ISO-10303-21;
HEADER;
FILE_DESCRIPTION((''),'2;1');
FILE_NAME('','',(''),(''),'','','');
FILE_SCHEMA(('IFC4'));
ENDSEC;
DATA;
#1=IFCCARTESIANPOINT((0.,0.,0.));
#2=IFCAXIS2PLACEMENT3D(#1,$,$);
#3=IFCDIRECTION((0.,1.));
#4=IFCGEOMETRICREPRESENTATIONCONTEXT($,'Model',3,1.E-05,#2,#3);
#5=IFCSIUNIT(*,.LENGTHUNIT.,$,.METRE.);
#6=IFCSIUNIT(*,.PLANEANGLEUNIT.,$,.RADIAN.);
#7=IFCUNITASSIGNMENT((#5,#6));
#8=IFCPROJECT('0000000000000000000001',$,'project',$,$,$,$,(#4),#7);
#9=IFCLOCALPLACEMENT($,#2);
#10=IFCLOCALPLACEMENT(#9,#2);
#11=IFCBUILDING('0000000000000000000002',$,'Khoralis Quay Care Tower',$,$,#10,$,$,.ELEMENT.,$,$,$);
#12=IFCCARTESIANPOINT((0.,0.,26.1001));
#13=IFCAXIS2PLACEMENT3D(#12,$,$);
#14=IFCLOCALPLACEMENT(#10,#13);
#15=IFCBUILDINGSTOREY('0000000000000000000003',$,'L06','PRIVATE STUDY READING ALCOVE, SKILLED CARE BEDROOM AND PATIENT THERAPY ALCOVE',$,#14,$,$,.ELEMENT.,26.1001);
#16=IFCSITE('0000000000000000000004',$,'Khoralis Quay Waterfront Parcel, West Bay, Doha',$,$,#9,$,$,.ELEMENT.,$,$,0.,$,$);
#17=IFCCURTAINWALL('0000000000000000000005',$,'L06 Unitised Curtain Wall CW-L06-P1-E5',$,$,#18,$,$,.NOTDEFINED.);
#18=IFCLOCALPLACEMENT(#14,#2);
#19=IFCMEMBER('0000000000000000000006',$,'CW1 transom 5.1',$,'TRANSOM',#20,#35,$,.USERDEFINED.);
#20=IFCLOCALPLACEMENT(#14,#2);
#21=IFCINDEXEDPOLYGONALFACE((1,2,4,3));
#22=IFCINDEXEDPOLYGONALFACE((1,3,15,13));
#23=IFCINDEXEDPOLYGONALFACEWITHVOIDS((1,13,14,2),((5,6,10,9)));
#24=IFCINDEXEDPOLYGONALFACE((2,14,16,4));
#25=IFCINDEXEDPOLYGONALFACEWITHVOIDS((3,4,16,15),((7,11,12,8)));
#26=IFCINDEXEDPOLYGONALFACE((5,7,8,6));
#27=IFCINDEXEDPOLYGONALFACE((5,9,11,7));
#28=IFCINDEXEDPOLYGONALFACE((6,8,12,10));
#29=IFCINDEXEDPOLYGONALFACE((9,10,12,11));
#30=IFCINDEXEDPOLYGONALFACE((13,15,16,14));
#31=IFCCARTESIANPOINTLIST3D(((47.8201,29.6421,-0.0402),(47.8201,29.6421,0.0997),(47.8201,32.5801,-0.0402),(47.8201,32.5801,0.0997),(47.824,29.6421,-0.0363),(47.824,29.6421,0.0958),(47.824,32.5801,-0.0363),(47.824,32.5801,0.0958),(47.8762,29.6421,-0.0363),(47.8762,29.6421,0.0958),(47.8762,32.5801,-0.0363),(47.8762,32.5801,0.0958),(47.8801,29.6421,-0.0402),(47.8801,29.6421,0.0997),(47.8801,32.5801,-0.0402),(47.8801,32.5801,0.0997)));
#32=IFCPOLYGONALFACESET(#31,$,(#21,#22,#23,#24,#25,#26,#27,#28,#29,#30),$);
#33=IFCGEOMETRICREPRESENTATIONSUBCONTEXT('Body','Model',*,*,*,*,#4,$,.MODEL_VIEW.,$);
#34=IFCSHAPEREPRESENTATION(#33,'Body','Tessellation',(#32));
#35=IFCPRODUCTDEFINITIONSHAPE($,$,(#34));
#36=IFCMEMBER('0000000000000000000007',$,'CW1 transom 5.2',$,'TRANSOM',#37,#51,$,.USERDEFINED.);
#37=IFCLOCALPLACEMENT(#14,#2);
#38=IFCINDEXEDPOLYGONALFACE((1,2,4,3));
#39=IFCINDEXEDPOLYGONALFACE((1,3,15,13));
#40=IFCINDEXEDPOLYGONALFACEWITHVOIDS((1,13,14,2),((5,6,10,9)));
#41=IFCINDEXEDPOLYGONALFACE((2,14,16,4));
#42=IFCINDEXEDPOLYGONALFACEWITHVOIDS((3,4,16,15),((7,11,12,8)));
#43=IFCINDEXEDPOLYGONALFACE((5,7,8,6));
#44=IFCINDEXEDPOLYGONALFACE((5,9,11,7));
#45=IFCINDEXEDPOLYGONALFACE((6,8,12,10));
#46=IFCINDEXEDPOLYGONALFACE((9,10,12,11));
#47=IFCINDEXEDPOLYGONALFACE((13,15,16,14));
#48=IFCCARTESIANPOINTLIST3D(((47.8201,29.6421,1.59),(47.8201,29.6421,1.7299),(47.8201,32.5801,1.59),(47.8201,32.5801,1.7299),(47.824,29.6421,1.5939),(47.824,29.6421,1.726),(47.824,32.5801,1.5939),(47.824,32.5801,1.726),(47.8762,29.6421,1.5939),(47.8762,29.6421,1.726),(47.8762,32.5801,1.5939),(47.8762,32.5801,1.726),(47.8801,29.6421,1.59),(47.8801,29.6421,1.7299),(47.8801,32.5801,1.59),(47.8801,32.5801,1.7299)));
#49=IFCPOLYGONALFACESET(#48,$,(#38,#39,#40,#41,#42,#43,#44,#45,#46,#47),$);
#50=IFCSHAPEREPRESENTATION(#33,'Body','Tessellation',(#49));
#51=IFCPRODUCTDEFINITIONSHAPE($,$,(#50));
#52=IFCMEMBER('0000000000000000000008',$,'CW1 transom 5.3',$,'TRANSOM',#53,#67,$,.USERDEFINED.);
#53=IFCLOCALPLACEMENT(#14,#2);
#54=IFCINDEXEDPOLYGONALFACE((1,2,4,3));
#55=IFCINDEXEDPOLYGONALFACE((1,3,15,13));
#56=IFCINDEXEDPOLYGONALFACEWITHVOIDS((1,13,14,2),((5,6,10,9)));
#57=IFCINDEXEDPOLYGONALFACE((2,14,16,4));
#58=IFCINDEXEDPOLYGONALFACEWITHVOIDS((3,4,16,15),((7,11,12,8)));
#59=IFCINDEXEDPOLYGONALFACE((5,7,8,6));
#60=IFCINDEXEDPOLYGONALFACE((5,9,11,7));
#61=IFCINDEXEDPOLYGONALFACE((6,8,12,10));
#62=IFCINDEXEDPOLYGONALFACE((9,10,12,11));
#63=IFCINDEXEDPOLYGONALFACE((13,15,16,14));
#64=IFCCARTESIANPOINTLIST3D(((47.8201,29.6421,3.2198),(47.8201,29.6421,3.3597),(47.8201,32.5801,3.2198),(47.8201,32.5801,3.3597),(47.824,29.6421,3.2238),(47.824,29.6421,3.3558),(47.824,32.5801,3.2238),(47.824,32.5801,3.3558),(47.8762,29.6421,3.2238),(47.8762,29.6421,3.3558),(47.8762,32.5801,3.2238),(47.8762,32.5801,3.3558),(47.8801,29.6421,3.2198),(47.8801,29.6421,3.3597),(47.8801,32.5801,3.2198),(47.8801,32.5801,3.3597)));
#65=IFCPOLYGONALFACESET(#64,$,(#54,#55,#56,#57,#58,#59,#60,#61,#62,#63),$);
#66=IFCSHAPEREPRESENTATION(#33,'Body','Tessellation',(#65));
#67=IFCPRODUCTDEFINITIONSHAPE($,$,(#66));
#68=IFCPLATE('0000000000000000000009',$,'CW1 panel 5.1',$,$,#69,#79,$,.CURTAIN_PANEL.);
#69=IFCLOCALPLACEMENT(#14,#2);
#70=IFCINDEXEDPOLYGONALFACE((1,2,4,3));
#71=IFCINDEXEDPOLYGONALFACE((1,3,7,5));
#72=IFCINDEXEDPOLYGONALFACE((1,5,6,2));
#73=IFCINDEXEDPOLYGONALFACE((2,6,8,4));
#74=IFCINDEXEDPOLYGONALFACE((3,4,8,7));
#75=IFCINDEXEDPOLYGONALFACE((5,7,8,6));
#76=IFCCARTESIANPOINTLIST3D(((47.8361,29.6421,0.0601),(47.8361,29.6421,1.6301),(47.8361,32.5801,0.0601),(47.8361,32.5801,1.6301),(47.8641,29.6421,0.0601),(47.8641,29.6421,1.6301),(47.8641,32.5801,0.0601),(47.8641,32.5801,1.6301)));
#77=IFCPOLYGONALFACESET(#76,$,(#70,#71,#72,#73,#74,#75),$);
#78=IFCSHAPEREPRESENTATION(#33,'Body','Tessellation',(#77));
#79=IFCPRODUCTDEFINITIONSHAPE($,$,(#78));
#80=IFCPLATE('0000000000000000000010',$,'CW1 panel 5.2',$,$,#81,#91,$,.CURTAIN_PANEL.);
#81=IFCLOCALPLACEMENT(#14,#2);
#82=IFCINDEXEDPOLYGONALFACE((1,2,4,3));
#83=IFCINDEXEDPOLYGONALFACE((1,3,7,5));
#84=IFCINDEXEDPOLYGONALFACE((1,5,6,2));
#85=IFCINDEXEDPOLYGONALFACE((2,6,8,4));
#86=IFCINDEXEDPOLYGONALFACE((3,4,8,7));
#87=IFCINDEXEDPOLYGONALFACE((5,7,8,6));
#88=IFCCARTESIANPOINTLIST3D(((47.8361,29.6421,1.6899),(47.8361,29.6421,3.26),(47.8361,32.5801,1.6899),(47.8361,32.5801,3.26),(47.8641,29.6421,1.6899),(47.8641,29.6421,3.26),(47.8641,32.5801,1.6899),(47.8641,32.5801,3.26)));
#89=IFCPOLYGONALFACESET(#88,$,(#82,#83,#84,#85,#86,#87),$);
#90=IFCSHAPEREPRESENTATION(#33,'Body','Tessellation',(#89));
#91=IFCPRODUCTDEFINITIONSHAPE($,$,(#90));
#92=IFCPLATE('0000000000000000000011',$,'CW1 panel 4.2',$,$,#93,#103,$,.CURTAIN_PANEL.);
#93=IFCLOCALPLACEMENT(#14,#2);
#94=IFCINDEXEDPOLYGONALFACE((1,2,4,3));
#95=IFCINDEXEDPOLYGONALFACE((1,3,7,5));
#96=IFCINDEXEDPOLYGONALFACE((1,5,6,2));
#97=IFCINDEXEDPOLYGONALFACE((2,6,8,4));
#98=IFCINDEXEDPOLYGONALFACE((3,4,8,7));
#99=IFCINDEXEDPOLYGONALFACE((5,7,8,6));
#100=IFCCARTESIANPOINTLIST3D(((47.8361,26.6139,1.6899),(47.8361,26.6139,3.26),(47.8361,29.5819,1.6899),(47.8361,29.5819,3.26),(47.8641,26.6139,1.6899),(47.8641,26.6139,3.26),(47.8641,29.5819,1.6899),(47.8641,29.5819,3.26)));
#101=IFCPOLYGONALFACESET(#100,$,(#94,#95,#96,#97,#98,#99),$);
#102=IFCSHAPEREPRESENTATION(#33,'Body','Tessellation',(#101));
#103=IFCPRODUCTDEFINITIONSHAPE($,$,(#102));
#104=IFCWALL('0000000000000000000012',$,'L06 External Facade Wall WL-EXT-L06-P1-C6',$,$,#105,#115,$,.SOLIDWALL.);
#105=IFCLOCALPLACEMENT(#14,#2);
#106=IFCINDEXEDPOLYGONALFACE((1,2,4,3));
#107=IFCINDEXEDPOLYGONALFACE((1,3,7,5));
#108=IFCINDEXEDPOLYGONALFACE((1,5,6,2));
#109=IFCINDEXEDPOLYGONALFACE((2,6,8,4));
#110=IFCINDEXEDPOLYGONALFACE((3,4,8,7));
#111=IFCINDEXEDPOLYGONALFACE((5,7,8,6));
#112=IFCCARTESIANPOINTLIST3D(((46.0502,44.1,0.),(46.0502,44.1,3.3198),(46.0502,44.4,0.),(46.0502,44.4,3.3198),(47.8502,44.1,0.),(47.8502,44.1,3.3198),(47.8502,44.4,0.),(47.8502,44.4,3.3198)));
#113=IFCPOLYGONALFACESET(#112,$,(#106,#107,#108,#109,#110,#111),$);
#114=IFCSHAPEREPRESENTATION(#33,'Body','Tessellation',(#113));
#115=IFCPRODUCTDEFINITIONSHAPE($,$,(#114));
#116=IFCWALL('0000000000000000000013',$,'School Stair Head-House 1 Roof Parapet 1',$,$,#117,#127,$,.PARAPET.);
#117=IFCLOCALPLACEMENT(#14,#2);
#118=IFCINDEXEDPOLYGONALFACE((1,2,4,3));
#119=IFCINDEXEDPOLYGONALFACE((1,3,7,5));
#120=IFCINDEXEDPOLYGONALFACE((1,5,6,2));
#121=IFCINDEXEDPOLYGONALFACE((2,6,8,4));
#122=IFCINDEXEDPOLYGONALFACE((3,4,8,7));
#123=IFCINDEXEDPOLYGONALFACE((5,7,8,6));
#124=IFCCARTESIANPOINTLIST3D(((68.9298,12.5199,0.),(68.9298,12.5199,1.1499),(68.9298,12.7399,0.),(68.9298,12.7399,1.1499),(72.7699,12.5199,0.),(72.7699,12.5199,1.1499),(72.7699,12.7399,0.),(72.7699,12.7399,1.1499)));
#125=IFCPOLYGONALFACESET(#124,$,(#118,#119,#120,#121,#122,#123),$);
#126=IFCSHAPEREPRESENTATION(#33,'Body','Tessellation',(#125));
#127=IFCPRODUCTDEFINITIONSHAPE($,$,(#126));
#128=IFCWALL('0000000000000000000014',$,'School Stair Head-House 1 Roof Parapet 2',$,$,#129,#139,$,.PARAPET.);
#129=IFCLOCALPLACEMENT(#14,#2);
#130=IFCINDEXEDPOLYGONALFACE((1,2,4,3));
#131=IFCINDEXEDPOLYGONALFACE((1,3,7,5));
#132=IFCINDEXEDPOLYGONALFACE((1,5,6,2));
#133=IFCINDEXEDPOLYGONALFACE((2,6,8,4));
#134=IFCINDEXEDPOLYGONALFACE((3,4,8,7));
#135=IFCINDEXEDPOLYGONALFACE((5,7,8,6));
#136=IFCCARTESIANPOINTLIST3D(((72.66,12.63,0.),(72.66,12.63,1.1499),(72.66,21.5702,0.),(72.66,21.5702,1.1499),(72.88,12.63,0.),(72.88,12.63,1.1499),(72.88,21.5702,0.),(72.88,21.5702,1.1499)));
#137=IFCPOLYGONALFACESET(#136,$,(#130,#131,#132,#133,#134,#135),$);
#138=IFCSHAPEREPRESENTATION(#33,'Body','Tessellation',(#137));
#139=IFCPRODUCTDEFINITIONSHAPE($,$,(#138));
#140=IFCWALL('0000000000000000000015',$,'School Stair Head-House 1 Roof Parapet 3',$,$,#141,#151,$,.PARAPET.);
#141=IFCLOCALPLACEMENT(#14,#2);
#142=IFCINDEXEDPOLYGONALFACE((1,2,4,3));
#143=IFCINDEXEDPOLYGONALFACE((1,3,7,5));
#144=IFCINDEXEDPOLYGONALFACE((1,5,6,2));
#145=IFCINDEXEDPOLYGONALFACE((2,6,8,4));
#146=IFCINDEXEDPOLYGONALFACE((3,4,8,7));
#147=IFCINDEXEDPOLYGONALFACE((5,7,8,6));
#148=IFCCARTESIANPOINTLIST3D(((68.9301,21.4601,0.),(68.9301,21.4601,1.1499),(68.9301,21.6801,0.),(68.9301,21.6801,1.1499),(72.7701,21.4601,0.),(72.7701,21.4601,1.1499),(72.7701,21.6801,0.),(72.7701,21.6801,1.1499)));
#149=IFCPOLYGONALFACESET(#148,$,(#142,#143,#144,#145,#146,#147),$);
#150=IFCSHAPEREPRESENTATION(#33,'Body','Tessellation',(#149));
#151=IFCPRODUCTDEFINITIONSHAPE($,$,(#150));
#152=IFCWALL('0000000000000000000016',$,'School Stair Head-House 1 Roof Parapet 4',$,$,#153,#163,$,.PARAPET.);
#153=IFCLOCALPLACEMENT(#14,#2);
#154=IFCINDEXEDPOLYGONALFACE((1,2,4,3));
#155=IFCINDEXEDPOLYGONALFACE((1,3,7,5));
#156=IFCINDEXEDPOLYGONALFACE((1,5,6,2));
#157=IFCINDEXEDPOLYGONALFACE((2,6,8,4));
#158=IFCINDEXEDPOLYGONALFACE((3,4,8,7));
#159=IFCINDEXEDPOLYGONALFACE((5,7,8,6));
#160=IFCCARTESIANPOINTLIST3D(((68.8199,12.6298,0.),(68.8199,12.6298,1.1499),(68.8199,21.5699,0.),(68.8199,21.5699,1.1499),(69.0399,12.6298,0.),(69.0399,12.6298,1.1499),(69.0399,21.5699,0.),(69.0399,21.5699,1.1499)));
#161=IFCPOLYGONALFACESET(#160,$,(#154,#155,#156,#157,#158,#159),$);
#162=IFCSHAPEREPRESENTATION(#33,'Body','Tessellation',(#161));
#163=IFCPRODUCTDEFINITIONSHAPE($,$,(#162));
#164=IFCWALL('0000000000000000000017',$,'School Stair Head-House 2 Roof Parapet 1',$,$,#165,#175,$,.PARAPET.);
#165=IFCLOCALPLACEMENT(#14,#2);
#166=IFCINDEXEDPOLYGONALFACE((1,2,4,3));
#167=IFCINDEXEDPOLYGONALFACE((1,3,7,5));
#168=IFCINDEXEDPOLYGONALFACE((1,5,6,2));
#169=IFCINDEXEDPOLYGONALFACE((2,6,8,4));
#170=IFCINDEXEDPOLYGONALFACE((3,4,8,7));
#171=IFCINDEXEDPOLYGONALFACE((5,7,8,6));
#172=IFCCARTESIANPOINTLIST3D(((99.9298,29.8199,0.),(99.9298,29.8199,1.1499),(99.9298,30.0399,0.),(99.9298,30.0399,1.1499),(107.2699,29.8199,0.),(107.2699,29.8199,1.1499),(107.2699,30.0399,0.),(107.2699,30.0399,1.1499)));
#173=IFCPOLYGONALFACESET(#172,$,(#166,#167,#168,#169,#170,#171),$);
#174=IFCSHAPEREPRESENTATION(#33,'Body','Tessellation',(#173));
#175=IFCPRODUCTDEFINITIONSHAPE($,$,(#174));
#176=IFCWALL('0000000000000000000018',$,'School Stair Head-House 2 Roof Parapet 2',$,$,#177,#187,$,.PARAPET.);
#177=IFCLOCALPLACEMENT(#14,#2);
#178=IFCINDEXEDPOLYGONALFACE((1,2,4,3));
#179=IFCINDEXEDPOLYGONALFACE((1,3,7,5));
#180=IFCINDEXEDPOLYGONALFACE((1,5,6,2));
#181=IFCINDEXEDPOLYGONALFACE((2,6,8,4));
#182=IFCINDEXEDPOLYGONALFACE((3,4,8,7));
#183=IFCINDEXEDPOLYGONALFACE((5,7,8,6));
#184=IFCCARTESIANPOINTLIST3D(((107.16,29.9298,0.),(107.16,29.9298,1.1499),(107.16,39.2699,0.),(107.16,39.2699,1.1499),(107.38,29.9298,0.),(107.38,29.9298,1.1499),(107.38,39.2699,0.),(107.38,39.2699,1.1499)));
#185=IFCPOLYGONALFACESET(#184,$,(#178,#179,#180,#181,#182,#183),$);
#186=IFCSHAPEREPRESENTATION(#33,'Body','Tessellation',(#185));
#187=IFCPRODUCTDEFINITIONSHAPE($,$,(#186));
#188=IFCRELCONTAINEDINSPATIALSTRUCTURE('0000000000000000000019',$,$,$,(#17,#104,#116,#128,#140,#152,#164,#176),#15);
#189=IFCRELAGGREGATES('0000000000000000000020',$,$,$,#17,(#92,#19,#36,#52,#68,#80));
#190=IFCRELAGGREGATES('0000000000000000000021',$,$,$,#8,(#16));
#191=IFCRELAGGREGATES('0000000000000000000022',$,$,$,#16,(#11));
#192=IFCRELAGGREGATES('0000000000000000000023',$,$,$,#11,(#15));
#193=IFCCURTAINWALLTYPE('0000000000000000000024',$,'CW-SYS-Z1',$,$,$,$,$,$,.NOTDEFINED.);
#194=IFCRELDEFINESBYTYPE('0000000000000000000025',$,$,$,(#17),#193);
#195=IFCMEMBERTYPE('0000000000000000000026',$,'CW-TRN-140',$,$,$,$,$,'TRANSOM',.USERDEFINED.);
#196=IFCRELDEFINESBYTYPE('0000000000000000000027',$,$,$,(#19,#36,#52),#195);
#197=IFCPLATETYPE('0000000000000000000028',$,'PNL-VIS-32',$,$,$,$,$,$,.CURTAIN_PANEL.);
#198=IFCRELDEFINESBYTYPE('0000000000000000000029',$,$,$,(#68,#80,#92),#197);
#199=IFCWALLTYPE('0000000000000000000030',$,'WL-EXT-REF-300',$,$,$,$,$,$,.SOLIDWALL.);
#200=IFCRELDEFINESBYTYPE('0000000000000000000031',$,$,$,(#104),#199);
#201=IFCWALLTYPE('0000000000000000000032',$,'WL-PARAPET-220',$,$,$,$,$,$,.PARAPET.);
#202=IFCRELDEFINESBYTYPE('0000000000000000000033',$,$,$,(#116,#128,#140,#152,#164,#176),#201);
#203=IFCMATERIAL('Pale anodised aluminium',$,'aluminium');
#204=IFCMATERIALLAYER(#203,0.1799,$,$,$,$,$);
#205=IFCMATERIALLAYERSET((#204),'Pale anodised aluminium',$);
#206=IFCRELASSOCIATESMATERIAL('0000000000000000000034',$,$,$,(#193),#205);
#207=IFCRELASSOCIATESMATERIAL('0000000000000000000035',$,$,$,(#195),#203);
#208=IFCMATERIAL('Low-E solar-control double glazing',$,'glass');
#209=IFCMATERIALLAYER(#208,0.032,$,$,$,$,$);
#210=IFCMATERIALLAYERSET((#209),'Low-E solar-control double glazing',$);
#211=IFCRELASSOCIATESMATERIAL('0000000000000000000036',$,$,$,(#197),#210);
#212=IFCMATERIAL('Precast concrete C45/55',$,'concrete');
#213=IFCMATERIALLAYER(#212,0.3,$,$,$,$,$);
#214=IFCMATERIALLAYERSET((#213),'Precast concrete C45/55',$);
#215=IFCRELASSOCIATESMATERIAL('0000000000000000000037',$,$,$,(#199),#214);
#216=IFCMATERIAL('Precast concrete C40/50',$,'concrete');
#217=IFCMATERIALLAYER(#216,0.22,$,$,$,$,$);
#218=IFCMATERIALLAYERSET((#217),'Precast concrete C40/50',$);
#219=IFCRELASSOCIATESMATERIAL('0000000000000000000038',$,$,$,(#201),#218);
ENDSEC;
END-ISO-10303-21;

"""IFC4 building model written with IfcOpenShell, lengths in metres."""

from ifc_helpers import new_model, si_unit, direction, frame, frame_2d, origin, origin_2d, place, context, subcontext, project, spatial, rectangle, hollow_rectangle, extrude, source, transform, mapped, material, layer, layer_set, material_profile, profile_set, type_object, element, aggregate, save


model = new_model("IFC4")

# Units and contexts
model_context = context("Model", 3, precision=1e-05, world=origin(), true_north=direction((0.0, 1.0)))
body_context = subcontext(model_context, "Body", "Model", "MODEL_VIEW")
ifc_project = project(units=[si_unit("LENGTHUNIT", "METRE"), si_unit("PLANEANGLEUNIT", "RADIAN")], contexts=[model_context])

# Site, building, storey
site_placement = place(None, origin())
site = spatial("IfcSite", under=ifc_project, at=site_placement, Name="Khoralis Quay Waterfront Parcel, West Bay, Doha", CompositionType="ELEMENT", RefElevation=0.0)
building_placement = place(site_placement, origin())
building = spatial("IfcBuilding", under=site, at=building_placement, Name="Khoralis Quay Care Tower", CompositionType="ELEMENT")
storey_placement = place(building_placement, frame((0.0, 0.0, 26.1001)))
storey = spatial("IfcBuildingStorey", under=building, at=storey_placement, Name="L06", Description="PRIVATE STUDY READING ALCOVE, SKILLED CARE BEDROOM AND PATIENT THERAPY ALCOVE", CompositionType="ELEMENT", Elevation=26.1001)

# Curtain wall, members, plates
ifc_material_1 = material(Name="Pale anodised aluminium", Category="aluminium")
ifc_layer_1 = layer(ifc_material_1, 0.1799)
ifc_layer_set_1 = layer_set([ifc_layer_1], Name="Pale anodised aluminium")
curtain_wall_type = type_object("IfcCurtainWallType", Name="CW-SYS-Z1", PredefinedType="NOTDEFINED", material=ifc_layer_set_1)
curtain_wall_placement = place(storey_placement, origin())
curtain_wall = element("IfcCurtainWall", 1, at=curtain_wall_placement, inside=storey, type_object=curtain_wall_type, Name="L06 Unitised Curtain Wall CW-L06-P1-E5", PredefinedType="NOTDEFINED")
ifc_material_profile = material_profile(ifc_material_1, hollow_rectangle(XDim=0.0601, YDim=0.1399, WallThickness=0.0039, at=origin_2d()), Name="Pale anodised aluminium")
ifc_profile_set = profile_set([ifc_material_profile], Name="Pale anodised aluminium")
member_type = type_object("IfcMemberType", Name="CW-TRN-140", ElementType="TRANSOM", PredefinedType="USERDEFINED", material=ifc_profile_set)
shared_shape_1 = source(origin(), body_context, "Body", "SweptSolid", [
    extrude(hollow_rectangle(XDim=0.0601, YDim=0.1399, WallThickness=0.0039, at=origin_2d()), origin(), (0.0, 0.0, 1.0), 2.938),
])
member_1_placement = place(storey_placement, frame((47.8501, 29.6421, 0.0298), z_axis=(0.0, 1.0, 0.0), x_axis=(-1.0, 0.0, 0.0)))
member_1 = element("IfcMember", 2, at=member_1_placement, type_object=member_type, Name="CW1 transom 5.1", ObjectType="TRANSOM", PredefinedType="USERDEFINED", context=body_context, shape_type="MappedRepresentation", body=[
    mapped(shared_shape_1, transform((0.0, 0.0, 0.0), scale=1.0)),
])
member_2_placement = place(storey_placement, frame((47.8501, 29.6421, 1.6599), z_axis=(0.0, 1.0, 0.0), x_axis=(-1.0, 0.0, 0.0)))
member_2 = element("IfcMember", 3, at=member_2_placement, type_object=member_type, Name="CW1 transom 5.2", ObjectType="TRANSOM", PredefinedType="USERDEFINED", context=body_context, shape_type="MappedRepresentation", body=[
    mapped(shared_shape_1, transform((0.0, 0.0, 0.0), scale=1.0)),
])
member_3_placement = place(storey_placement, frame((47.8501, 29.6421, 3.2898), z_axis=(0.0, 1.0, 0.0), x_axis=(-1.0, 0.0, 0.0)))
member_3 = element("IfcMember", 4, at=member_3_placement, type_object=member_type, Name="CW1 transom 5.3", ObjectType="TRANSOM", PredefinedType="USERDEFINED", context=body_context, shape_type="MappedRepresentation", body=[
    mapped(shared_shape_1, transform((0.0, 0.0, 0.0), scale=1.0)),
])
ifc_material_2 = material(Name="Low-E solar-control double glazing", Category="glass")
ifc_layer_2 = layer(ifc_material_2, 0.032)
ifc_layer_set_2 = layer_set([ifc_layer_2], Name="Low-E solar-control double glazing")
plate_type = type_object("IfcPlateType", Name="PNL-VIS-32", PredefinedType="CURTAIN_PANEL", material=ifc_layer_set_2)
shared_shape_2 = source(origin(), body_context, "Body", "SweptSolid", [
    extrude(rectangle(XDim=2.938, YDim=0.0281, at=origin_2d()), origin(), (0.0, 0.0, 1.0), 1.5701),
])
plate_1_placement = place(storey_placement, frame((47.8501, 31.1111, 0.0601), z_axis=(0.0, 0.0, 1.0), x_axis=(0.0, 1.0, 0.0)))
plate_1 = element("IfcPlate", 5, at=plate_1_placement, type_object=plate_type, Name="CW1 panel 5.1", PredefinedType="CURTAIN_PANEL", context=body_context, shape_type="MappedRepresentation", body=[
    mapped(shared_shape_2, transform((0.0, 0.0, 0.0), scale=1.0)),
])
plate_2_placement = place(storey_placement, frame((47.8501, 31.1111, 1.6899), z_axis=(0.0, 0.0, 1.0), x_axis=(0.0, 1.0, 0.0)))
plate_2 = element("IfcPlate", 6, at=plate_2_placement, type_object=plate_type, Name="CW1 panel 5.2", PredefinedType="CURTAIN_PANEL", context=body_context, shape_type="MappedRepresentation", body=[
    mapped(shared_shape_2, transform((0.0, 0.0, 0.0), scale=1.0)),
])
shared_shape_3 = source(origin(), body_context, "Body", "SweptSolid", [
    extrude(rectangle(XDim=2.968, YDim=0.0281, at=origin_2d()), origin(), (0.0, 0.0, 1.0), 1.5701),
])
plate_3_placement = place(storey_placement, frame((47.8501, 28.0979, 1.6899), z_axis=(0.0, 0.0, 1.0), x_axis=(0.0, 1.0, 0.0)))
plate_3 = element("IfcPlate", 7, at=plate_3_placement, type_object=plate_type, Name="CW1 panel 4.2", PredefinedType="CURTAIN_PANEL", context=body_context, shape_type="MappedRepresentation", body=[
    mapped(shared_shape_3, transform((0.0, 0.0, 0.0), scale=1.0)),
])
aggregate(curtain_wall, [plate_3, member_1, member_2, member_3, plate_1, plate_2])

# Walls
ifc_material_3 = material(Name="Precast concrete C45/55", Category="concrete")
ifc_layer_3 = layer(ifc_material_3, 0.3)
ifc_layer_set_3 = layer_set([ifc_layer_3], Name="Precast concrete C45/55")
wall_type_1 = type_object("IfcWallType", Name="WL-EXT-REF-300", PredefinedType="SOLIDWALL", material=ifc_layer_set_3)
wall_1_placement = place(storey_placement, frame((47.8501, 44.25, 0.0), z_axis=(0.0, 0.0, 1.0), x_axis=(-1.0, 0.0, 0.0)))
element("IfcWall", 8, at=wall_1_placement, inside=storey, type_object=wall_type_1, Name="L06 External Facade Wall WL-EXT-L06-P1-C6", PredefinedType="SOLIDWALL", context=body_context, shape_type="SweptSolid", body=[
    extrude(rectangle(XDim=1.8, YDim=0.3, at=frame_2d((0.8999, 0.0))), origin(), (0.0, 0.0, 1.0), 3.3198),
])
ifc_material_4 = material(Name="Precast concrete C40/50", Category="concrete")
ifc_layer_4 = layer(ifc_material_4, 0.22)
ifc_layer_set_4 = layer_set([ifc_layer_4], Name="Precast concrete C40/50")
wall_type_2 = type_object("IfcWallType", Name="WL-PARAPET-220", PredefinedType="PARAPET", material=ifc_layer_set_4)
wall_2_placement = place(storey_placement, frame((68.9299, 12.6299, 0.0), z_axis=(0.0, 0.0, 1.0), x_axis=(1.0, 0.0, 0.0)))
element("IfcWall", 9, at=wall_2_placement, inside=storey, type_object=wall_type_2, Name="School Stair Head-House 1 Roof Parapet 1", PredefinedType="PARAPET", context=body_context, shape_type="SweptSolid", body=[
    extrude(rectangle(XDim=3.8401, YDim=0.22, at=frame_2d((1.9199, 0.0))), origin(), (0.0, 0.0, 1.0), 1.1499),
])
wall_3_placement = place(storey_placement, frame((72.77, 12.6299, 0.0), z_axis=(0.0, 0.0, 1.0), x_axis=(0.0, 1.0, 0.0)))
element("IfcWall", 10, at=wall_3_placement, inside=storey, type_object=wall_type_2, Name="School Stair Head-House 1 Roof Parapet 2", PredefinedType="PARAPET", context=body_context, shape_type="SweptSolid", body=[
    extrude(rectangle(XDim=8.9402, YDim=0.22, at=frame_2d((4.4702, 0.0))), origin(), (0.0, 0.0, 1.0), 1.1499),
])
wall_4_placement = place(storey_placement, frame((72.77, 21.5701, 0.0), z_axis=(0.0, 0.0, 1.0), x_axis=(-1.0, 0.0, 0.0)))
element("IfcWall", 11, at=wall_4_placement, inside=storey, type_object=wall_type_2, Name="School Stair Head-House 1 Roof Parapet 3", PredefinedType="PARAPET", context=body_context, shape_type="SweptSolid", body=[
    extrude(rectangle(XDim=3.8401, YDim=0.22, at=frame_2d((1.9199, 0.0))), origin(), (0.0, 0.0, 1.0), 1.1499),
])
wall_5_placement = place(storey_placement, frame((68.9299, 21.5701, 0.0), z_axis=(0.0, 0.0, 1.0), x_axis=(0.0, -1.0, 0.0)))
element("IfcWall", 12, at=wall_5_placement, inside=storey, type_object=wall_type_2, Name="School Stair Head-House 1 Roof Parapet 4", PredefinedType="PARAPET", context=body_context, shape_type="SweptSolid", body=[
    extrude(rectangle(XDim=8.9402, YDim=0.22, at=frame_2d((4.4702, 0.0))), origin(), (0.0, 0.0, 1.0), 1.1499),
])
wall_6_placement = place(storey_placement, frame((99.9299, 29.9299, 0.0), z_axis=(0.0, 0.0, 1.0), x_axis=(1.0, 0.0, 0.0)))
element("IfcWall", 13, at=wall_6_placement, inside=storey, type_object=wall_type_2, Name="School Stair Head-House 2 Roof Parapet 1", PredefinedType="PARAPET", context=body_context, shape_type="SweptSolid", body=[
    extrude(rectangle(XDim=7.3401, YDim=0.22, at=frame_2d((3.6699, 0.0))), origin(), (0.0, 0.0, 1.0), 1.1499),
])
wall_7_placement = place(storey_placement, frame((107.27, 29.9299, 0.0), z_axis=(0.0, 0.0, 1.0), x_axis=(0.0, 1.0, 0.0)))
element("IfcWall", 14, at=wall_7_placement, inside=storey, type_object=wall_type_2, Name="School Stair Head-House 2 Roof Parapet 2", PredefinedType="PARAPET", context=body_context, shape_type="SweptSolid", body=[
    extrude(rectangle(XDim=9.3401, YDim=0.22, at=frame_2d((4.6699, 0.0))), origin(), (0.0, 0.0, 1.0), 1.1499),
])

save(model, "model.ifc")
